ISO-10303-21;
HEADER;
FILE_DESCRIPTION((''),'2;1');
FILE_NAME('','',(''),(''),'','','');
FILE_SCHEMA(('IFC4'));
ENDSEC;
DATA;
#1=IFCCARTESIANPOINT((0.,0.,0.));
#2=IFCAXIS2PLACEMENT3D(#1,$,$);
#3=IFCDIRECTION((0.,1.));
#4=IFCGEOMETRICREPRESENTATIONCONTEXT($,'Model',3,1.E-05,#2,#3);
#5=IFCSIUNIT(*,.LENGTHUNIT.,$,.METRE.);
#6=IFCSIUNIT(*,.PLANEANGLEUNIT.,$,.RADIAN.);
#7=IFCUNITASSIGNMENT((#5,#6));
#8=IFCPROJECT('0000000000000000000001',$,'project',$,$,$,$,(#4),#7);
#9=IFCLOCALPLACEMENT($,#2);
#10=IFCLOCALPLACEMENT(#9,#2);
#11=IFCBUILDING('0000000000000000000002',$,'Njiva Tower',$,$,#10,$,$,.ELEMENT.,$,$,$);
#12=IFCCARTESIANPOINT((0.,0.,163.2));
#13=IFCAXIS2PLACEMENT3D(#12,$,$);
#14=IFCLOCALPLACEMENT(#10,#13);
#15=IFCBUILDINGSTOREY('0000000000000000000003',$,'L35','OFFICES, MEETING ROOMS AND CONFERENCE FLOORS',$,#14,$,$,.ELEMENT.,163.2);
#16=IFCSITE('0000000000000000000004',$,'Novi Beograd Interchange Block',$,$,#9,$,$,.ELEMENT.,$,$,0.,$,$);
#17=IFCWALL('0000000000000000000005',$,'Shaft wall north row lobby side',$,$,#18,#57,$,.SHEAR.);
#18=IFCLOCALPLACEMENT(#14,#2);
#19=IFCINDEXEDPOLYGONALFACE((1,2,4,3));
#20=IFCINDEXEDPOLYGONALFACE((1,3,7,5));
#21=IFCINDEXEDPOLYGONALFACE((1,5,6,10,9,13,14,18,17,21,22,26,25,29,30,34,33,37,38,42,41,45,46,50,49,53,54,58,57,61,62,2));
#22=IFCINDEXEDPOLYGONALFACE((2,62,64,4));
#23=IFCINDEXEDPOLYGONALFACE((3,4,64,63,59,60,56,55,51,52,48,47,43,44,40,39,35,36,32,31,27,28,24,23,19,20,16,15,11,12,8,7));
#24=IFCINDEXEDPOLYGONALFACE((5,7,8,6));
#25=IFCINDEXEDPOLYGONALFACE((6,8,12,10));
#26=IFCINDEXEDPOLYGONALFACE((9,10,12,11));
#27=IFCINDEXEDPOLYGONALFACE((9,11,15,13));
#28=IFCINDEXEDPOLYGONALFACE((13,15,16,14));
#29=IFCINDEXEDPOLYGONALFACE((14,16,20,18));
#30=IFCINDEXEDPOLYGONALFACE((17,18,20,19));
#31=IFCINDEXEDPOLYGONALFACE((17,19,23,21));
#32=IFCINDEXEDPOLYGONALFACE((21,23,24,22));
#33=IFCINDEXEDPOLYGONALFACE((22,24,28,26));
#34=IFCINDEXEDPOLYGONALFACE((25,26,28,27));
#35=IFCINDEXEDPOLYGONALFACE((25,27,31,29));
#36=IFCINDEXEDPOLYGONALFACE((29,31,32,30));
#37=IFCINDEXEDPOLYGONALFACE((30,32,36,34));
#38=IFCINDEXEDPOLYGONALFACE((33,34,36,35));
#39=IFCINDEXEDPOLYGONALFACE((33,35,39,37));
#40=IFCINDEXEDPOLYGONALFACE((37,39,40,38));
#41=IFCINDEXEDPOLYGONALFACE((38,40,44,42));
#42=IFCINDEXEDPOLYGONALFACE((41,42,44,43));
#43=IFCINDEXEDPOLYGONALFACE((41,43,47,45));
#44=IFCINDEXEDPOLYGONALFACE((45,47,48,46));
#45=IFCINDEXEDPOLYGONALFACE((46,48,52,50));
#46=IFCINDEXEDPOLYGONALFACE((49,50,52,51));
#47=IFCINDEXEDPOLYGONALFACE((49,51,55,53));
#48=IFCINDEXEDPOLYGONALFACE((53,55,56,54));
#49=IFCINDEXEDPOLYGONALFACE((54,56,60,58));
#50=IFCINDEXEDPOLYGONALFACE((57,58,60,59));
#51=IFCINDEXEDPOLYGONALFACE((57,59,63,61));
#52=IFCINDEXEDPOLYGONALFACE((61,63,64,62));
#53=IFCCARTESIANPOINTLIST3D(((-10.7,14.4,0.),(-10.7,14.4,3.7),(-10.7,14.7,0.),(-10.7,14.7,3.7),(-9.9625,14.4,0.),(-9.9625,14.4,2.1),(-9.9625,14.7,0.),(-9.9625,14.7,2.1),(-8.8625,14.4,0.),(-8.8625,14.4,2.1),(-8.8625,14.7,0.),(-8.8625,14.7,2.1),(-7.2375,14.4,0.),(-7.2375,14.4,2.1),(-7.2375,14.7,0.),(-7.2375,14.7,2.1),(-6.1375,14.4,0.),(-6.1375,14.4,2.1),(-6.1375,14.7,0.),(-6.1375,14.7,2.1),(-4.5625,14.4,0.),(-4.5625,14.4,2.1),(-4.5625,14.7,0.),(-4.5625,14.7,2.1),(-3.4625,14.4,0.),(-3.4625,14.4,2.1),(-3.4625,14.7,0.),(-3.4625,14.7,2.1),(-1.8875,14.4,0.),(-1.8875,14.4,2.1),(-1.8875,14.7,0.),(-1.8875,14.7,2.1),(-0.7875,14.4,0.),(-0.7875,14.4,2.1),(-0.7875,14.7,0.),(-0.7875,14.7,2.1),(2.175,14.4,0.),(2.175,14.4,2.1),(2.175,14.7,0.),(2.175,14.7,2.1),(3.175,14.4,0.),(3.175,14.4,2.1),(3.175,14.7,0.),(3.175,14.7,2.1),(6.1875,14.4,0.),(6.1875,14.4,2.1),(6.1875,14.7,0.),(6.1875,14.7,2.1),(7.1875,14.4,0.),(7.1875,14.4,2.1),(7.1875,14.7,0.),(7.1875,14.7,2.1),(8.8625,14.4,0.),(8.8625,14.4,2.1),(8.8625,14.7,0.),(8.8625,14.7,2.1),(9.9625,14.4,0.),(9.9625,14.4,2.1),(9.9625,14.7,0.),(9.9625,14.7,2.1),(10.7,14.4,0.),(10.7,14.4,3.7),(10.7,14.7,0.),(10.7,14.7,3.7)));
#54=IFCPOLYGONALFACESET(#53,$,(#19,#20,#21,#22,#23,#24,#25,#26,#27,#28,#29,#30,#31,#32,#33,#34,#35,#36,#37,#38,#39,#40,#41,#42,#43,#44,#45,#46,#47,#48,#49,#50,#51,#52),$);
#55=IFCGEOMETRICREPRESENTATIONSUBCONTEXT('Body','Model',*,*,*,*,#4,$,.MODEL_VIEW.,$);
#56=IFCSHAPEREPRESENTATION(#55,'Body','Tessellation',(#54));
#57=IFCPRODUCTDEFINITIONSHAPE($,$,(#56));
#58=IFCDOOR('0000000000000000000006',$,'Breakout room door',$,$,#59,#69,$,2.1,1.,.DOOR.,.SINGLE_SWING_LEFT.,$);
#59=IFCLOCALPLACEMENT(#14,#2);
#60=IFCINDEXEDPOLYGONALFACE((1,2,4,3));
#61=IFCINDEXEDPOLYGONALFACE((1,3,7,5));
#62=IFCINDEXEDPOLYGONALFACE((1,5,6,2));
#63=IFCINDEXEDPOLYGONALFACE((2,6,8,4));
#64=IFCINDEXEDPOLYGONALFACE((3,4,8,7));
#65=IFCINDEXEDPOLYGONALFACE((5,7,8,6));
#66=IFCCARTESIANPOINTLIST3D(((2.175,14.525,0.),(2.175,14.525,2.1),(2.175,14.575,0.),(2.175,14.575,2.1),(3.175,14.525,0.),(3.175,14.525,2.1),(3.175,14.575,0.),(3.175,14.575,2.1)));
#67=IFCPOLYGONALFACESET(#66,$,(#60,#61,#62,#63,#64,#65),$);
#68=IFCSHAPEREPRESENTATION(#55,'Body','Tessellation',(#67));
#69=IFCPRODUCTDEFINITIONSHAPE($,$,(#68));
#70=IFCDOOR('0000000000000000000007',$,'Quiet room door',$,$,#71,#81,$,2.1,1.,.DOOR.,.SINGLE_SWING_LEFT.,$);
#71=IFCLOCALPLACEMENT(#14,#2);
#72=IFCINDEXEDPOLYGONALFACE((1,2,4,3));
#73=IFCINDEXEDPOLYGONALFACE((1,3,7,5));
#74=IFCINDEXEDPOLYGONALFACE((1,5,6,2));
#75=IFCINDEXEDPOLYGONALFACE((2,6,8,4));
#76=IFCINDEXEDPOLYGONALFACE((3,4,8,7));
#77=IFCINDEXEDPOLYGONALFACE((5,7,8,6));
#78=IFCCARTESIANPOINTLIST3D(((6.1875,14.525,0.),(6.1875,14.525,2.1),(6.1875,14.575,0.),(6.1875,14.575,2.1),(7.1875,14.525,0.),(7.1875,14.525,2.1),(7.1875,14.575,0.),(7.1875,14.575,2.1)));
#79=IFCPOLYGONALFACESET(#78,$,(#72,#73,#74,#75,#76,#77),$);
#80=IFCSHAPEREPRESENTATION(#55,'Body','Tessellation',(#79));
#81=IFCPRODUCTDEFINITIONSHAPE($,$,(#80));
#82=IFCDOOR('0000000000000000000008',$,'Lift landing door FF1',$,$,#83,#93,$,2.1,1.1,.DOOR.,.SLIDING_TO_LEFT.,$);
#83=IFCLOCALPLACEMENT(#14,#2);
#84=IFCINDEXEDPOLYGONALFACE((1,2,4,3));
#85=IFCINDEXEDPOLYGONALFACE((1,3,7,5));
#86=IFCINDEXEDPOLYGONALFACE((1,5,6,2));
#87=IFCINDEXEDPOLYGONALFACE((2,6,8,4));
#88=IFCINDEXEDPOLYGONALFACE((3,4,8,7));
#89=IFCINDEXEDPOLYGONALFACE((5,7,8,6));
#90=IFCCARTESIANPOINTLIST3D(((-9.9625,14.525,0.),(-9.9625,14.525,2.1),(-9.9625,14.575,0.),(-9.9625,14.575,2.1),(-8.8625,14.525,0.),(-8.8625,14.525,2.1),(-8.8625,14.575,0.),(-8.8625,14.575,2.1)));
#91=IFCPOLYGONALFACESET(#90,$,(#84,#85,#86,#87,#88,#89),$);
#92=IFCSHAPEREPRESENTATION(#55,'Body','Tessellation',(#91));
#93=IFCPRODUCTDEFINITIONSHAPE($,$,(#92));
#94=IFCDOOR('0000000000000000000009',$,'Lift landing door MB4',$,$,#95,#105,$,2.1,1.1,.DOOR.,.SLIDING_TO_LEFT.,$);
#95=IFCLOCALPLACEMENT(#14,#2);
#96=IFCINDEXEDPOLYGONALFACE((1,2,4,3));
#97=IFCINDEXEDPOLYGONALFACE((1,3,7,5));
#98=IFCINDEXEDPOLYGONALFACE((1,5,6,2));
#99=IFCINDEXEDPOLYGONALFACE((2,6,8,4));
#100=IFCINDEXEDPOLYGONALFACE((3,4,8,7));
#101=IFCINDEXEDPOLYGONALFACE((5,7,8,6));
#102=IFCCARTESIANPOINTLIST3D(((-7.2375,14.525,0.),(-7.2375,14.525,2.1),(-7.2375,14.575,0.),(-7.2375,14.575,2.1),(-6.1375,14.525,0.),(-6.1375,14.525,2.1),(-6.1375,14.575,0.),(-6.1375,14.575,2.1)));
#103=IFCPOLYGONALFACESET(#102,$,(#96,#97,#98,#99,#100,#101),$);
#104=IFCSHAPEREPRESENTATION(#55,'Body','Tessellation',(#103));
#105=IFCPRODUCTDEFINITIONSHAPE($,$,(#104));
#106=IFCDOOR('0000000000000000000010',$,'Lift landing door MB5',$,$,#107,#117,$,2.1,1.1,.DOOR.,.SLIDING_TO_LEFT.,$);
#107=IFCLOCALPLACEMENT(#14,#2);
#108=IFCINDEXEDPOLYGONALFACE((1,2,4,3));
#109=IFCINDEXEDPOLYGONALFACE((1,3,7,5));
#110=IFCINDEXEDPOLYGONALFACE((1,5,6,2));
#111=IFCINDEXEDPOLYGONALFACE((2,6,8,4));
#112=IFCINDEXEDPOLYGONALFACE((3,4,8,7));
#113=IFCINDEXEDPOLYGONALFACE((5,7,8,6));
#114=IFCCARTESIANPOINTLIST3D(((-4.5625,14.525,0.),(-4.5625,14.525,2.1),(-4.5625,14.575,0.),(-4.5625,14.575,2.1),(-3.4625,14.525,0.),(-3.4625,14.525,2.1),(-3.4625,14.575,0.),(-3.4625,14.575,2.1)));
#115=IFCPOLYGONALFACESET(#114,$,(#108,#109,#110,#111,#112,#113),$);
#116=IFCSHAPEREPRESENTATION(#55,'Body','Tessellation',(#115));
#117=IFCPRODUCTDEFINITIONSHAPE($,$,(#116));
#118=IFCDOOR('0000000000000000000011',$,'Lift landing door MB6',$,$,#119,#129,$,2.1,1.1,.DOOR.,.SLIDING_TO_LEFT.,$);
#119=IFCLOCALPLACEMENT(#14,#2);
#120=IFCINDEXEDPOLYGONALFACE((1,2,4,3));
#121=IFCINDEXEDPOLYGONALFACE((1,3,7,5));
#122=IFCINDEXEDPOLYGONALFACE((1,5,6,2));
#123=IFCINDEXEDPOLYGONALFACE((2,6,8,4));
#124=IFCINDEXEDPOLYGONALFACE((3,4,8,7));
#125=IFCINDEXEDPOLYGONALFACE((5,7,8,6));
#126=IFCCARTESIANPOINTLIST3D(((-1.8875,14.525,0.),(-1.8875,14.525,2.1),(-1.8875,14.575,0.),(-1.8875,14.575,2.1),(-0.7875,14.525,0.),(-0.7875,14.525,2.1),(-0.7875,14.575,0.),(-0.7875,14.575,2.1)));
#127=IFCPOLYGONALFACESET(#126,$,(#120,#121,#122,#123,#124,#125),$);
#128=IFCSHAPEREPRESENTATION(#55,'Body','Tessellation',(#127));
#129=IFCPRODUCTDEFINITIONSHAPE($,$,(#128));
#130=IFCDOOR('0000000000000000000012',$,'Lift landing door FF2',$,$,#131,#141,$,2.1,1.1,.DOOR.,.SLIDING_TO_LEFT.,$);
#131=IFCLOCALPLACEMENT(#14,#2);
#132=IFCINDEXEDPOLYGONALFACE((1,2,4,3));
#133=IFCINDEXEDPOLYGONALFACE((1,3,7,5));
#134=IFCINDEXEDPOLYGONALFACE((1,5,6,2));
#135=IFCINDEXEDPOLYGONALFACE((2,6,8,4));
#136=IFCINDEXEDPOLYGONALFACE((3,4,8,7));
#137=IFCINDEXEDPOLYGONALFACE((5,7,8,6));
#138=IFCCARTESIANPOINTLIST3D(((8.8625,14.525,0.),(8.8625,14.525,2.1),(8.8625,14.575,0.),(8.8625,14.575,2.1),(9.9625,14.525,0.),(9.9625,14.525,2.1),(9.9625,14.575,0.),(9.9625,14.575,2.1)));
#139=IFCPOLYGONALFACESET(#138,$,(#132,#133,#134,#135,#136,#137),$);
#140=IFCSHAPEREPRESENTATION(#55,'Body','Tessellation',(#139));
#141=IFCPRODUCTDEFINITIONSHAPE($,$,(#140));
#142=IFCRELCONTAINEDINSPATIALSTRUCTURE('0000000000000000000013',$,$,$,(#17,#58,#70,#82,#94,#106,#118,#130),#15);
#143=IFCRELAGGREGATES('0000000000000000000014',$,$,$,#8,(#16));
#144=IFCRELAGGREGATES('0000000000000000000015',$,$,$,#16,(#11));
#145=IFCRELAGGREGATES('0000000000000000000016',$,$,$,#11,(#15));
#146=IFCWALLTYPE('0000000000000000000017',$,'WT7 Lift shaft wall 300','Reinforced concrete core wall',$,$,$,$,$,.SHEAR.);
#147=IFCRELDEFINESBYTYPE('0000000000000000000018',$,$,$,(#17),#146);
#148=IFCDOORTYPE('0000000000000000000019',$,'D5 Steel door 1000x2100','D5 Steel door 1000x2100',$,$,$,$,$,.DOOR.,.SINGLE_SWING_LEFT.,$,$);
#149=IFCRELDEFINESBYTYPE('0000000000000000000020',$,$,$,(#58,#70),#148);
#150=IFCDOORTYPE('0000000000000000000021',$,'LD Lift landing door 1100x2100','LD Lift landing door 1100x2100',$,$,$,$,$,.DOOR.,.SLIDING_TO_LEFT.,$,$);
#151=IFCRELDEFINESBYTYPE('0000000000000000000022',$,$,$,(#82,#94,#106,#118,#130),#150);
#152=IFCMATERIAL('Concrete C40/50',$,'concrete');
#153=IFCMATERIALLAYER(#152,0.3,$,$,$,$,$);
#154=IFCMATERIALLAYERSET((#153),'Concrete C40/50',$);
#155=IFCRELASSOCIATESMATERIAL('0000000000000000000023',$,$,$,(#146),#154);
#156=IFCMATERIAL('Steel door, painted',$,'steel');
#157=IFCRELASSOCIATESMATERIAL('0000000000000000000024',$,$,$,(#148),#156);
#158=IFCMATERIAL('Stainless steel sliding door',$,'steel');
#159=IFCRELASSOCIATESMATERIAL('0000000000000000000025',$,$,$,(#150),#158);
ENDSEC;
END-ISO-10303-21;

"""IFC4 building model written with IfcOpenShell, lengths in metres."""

from ifc_helpers import new_model, si_unit, direction, frame, frame_2d, origin, place, context, subcontext, project, spatial, rectangle, extrude, material, layer, layer_set, type_object, element, fill, save


model = new_model("IFC4")

# Units and contexts
model_context = context("Model", 3, precision=1e-05, world=origin(), true_north=direction((0.0, 1.0)))
body_context = subcontext(model_context, "Body", "Model", "MODEL_VIEW")
ifc_project = project(units=[si_unit("LENGTHUNIT", "METRE"), si_unit("PLANEANGLEUNIT", "RADIAN")], contexts=[model_context])

# Site, building, storey
site_placement = place(None, origin())
site = spatial("IfcSite", under=ifc_project, at=site_placement, Name="Novi Beograd Interchange Block", CompositionType="ELEMENT", RefElevation=0.0)
building_placement = place(site_placement, origin())
building = spatial("IfcBuilding", under=site, at=building_placement, Name="Njiva Tower", CompositionType="ELEMENT")
storey_placement = place(building_placement, frame((0.0, 0.0, 163.2)))
storey = spatial("IfcBuildingStorey", under=building, at=storey_placement, Name="L35", Description="OFFICES, MEETING ROOMS AND CONFERENCE FLOORS", CompositionType="ELEMENT", Elevation=163.2)

# Wall, openings, doors
ifc_material_1 = material(Name="Concrete C40/50", Category="concrete")
ifc_layer_1 = layer(ifc_material_1, 0.3)
ifc_layer_set_1 = layer_set([ifc_layer_1], Name="Concrete C40/50")
wall_type_1 = type_object("IfcWallType", Name="WT7 Lift shaft wall 300", Description="Reinforced concrete core wall", PredefinedType="SHEAR", material=ifc_layer_set_1)
wall_1_placement = place(storey_placement, frame((-10.7, 14.55, 0.0), z_axis=(0.0, 0.0, 1.0), x_axis=(1.0, 0.0, 0.0)))
wall_1 = element("IfcWall", 1, at=wall_1_placement, inside=storey, type_object=wall_type_1, Name="Shaft wall north row lobby side", PredefinedType="SHEAR", context=body_context, shape_type="SweptSolid", body=[
    extrude(rectangle(XDim=21.4, YDim=0.3, at=frame_2d((10.7, 0.0))), origin(), (0.0, 0.0, 1.0), 3.7),
])
opening_1_placement = place(wall_1_placement, frame((0.7375, 0.0, 0.0)))
opening_1 = element("IfcOpeningElement", 2, at=opening_1_placement, cuts=wall_1, PredefinedType="OPENING", context=body_context, shape_type="SweptSolid", body=[
    extrude(rectangle(XDim=1.1, YDim=2.1, at=frame_2d((0.55, 1.05))), frame((0.0, 0.16, 0.0), z_axis=(0.0, -1.0, 0.0), x_axis=(1.0, 0.0, 0.0)), (0.0, 0.0, 1.0), 0.32),
])
opening_2_placement = place(wall_1_placement, frame((3.4625, 0.0, 0.0)))
opening_2 = element("IfcOpeningElement", 3, at=opening_2_placement, cuts=wall_1, PredefinedType="OPENING", context=body_context, shape_type="SweptSolid", body=[
    extrude(rectangle(XDim=1.1, YDim=2.1, at=frame_2d((0.55, 1.05))), frame((0.0, 0.16, 0.0), z_axis=(0.0, -1.0, 0.0), x_axis=(1.0, 0.0, 0.0)), (0.0, 0.0, 1.0), 0.32),
])
opening_3_placement = place(wall_1_placement, frame((6.1375, 0.0, 0.0)))
opening_3 = element("IfcOpeningElement", 4, at=opening_3_placement, cuts=wall_1, PredefinedType="OPENING", context=body_context, shape_type="SweptSolid", body=[
    extrude(rectangle(XDim=1.1, YDim=2.1, at=frame_2d((0.55, 1.05))), frame((0.0, 0.16, 0.0), z_axis=(0.0, -1.0, 0.0), x_axis=(1.0, 0.0, 0.0)), (0.0, 0.0, 1.0), 0.32),
])
opening_4_placement = place(wall_1_placement, frame((8.8125, 0.0, 0.0)))
opening_4 = element("IfcOpeningElement", 5, at=opening_4_placement, cuts=wall_1, PredefinedType="OPENING", context=body_context, shape_type="SweptSolid", body=[
    extrude(rectangle(XDim=1.1, YDim=2.1, at=frame_2d((0.55, 1.05))), frame((0.0, 0.16, 0.0), z_axis=(0.0, -1.0, 0.0), x_axis=(1.0, 0.0, 0.0)), (0.0, 0.0, 1.0), 0.32),
])
opening_5_placement = place(wall_1_placement, frame((19.5625, 0.0, 0.0)))
opening_5 = element("IfcOpeningElement", 6, at=opening_5_placement, cuts=wall_1, PredefinedType="OPENING", context=body_context, shape_type="SweptSolid", body=[
    extrude(rectangle(XDim=1.1, YDim=2.1, at=frame_2d((0.55, 1.05))), frame((0.0, 0.16, 0.0), z_axis=(0.0, -1.0, 0.0), x_axis=(1.0, 0.0, 0.0)), (0.0, 0.0, 1.0), 0.32),
])
opening_6_placement = place(wall_1_placement, frame((12.875, 0.0, 0.0)))
opening_6 = element("IfcOpeningElement", 7, at=opening_6_placement, cuts=wall_1, PredefinedType="OPENING", context=body_context, shape_type="SweptSolid", body=[
    extrude(rectangle(XDim=1.0, YDim=2.1, at=frame_2d((0.5, 1.05))), frame((0.0, 0.16, 0.0), z_axis=(0.0, -1.0, 0.0), x_axis=(1.0, 0.0, 0.0)), (0.0, 0.0, 1.0), 0.32),
])
opening_7_placement = place(wall_1_placement, frame((16.8875, 0.0, 0.0)))
opening_7 = element("IfcOpeningElement", 8, at=opening_7_placement, cuts=wall_1, PredefinedType="OPENING", context=body_context, shape_type="SweptSolid", body=[
    extrude(rectangle(XDim=1.0, YDim=2.1, at=frame_2d((0.5, 1.05))), frame((0.0, 0.16, 0.0), z_axis=(0.0, -1.0, 0.0), x_axis=(1.0, 0.0, 0.0)), (0.0, 0.0, 1.0), 0.32),
])
ifc_material_2 = material(Name="Steel door, painted", Category="steel")
door_type_1 = type_object("IfcDoorType", Name="D5 Steel door 1000x2100", Description="D5 Steel door 1000x2100", OperationType="SINGLE_SWING_LEFT", PredefinedType="DOOR", material=ifc_material_2)
door_1_placement = place(opening_6_placement, origin())
door_1 = element("IfcDoor", 9, at=door_1_placement, inside=storey, type_object=door_type_1, Name="Breakout room door", OperationType="SINGLE_SWING_LEFT", OverallHeight=2.1, OverallWidth=1.0, PredefinedType="DOOR", context=body_context, shape_type="SweptSolid", body=[
    extrude(rectangle(XDim=1.0, YDim=2.1, at=frame_2d((0.5, 1.05))), frame((0.0, 0.025, 0.0), z_axis=(0.0, -1.0, 0.0), x_axis=(1.0, 0.0, 0.0)), (0.0, 0.0, 1.0), 0.05),
])
fill(opening_6, door_1)
door_2_placement = place(opening_7_placement, origin())
door_2 = element("IfcDoor", 10, at=door_2_placement, inside=storey, type_object=door_type_1, Name="Quiet room door", OperationType="SINGLE_SWING_LEFT", OverallHeight=2.1, OverallWidth=1.0, PredefinedType="DOOR", context=body_context, shape_type="SweptSolid", body=[
    extrude(rectangle(XDim=1.0, YDim=2.1, at=frame_2d((0.5, 1.05))), frame((0.0, 0.025, 0.0), z_axis=(0.0, -1.0, 0.0), x_axis=(1.0, 0.0, 0.0)), (0.0, 0.0, 1.0), 0.05),
])
fill(opening_7, door_2)
ifc_material_3 = material(Name="Stainless steel sliding door", Category="steel")
door_type_2 = type_object("IfcDoorType", Name="LD Lift landing door 1100x2100", Description="LD Lift landing door 1100x2100", OperationType="SLIDING_TO_LEFT", PredefinedType="DOOR", material=ifc_material_3)
door_3_placement = place(opening_1_placement, origin())
door_3 = element("IfcDoor", 11, at=door_3_placement, inside=storey, type_object=door_type_2, Name="Lift landing door FF1", OperationType="SLIDING_TO_LEFT", OverallHeight=2.1, OverallWidth=1.1, PredefinedType="DOOR", context=body_context, shape_type="SweptSolid", body=[
    extrude(rectangle(XDim=1.1, YDim=2.1, at=frame_2d((0.55, 1.05))), frame((0.0, 0.025, 0.0), z_axis=(0.0, -1.0, 0.0), x_axis=(1.0, 0.0, 0.0)), (0.0, 0.0, 1.0), 0.05),
])
fill(opening_1, door_3)
door_4_placement = place(opening_2_placement, origin())
door_4 = element("IfcDoor", 12, at=door_4_placement, inside=storey, type_object=door_type_2, Name="Lift landing door MB4", OperationType="SLIDING_TO_LEFT", OverallHeight=2.1, OverallWidth=1.1, PredefinedType="DOOR", context=body_context, shape_type="SweptSolid", body=[
    extrude(rectangle(XDim=1.1, YDim=2.1, at=frame_2d((0.55, 1.05))), frame((0.0, 0.025, 0.0), z_axis=(0.0, -1.0, 0.0), x_axis=(1.0, 0.0, 0.0)), (0.0, 0.0, 1.0), 0.05),
])
fill(opening_2, door_4)
door_5_placement = place(opening_3_placement, origin())
door_5 = element("IfcDoor", 13, at=door_5_placement, inside=storey, type_object=door_type_2, Name="Lift landing door MB5", OperationType="SLIDING_TO_LEFT", OverallHeight=2.1, OverallWidth=1.1, PredefinedType="DOOR", context=body_context, shape_type="SweptSolid", body=[
    extrude(rectangle(XDim=1.1, YDim=2.1, at=frame_2d((0.55, 1.05))), frame((0.0, 0.025, 0.0), z_axis=(0.0, -1.0, 0.0), x_axis=(1.0, 0.0, 0.0)), (0.0, 0.0, 1.0), 0.05),
])
fill(opening_3, door_5)
door_6_placement = place(opening_4_placement, origin())
door_6 = element("IfcDoor", 14, at=door_6_placement, inside=storey, type_object=door_type_2, Name="Lift landing door MB6", OperationType="SLIDING_TO_LEFT", OverallHeight=2.1, OverallWidth=1.1, PredefinedType="DOOR", context=body_context, shape_type="SweptSolid", body=[
    extrude(rectangle(XDim=1.1, YDim=2.1, at=frame_2d((0.55, 1.05))), frame((0.0, 0.025, 0.0), z_axis=(0.0, -1.0, 0.0), x_axis=(1.0, 0.0, 0.0)), (0.0, 0.0, 1.0), 0.05),
])
fill(opening_4, door_6)
door_7_placement = place(opening_5_placement, origin())
door_7 = element("IfcDoor", 15, at=door_7_placement, inside=storey, type_object=door_type_2, Name="Lift landing door FF2", OperationType="SLIDING_TO_LEFT", OverallHeight=2.1, OverallWidth=1.1, PredefinedType="DOOR", context=body_context, shape_type="SweptSolid", body=[
    extrude(rectangle(XDim=1.1, YDim=2.1, at=frame_2d((0.55, 1.05))), frame((0.0, 0.025, 0.0), z_axis=(0.0, -1.0, 0.0), x_axis=(1.0, 0.0, 0.0)), (0.0, 0.0, 1.0), 0.05),
])
fill(opening_5, door_7)

save(model, "model.ifc")
